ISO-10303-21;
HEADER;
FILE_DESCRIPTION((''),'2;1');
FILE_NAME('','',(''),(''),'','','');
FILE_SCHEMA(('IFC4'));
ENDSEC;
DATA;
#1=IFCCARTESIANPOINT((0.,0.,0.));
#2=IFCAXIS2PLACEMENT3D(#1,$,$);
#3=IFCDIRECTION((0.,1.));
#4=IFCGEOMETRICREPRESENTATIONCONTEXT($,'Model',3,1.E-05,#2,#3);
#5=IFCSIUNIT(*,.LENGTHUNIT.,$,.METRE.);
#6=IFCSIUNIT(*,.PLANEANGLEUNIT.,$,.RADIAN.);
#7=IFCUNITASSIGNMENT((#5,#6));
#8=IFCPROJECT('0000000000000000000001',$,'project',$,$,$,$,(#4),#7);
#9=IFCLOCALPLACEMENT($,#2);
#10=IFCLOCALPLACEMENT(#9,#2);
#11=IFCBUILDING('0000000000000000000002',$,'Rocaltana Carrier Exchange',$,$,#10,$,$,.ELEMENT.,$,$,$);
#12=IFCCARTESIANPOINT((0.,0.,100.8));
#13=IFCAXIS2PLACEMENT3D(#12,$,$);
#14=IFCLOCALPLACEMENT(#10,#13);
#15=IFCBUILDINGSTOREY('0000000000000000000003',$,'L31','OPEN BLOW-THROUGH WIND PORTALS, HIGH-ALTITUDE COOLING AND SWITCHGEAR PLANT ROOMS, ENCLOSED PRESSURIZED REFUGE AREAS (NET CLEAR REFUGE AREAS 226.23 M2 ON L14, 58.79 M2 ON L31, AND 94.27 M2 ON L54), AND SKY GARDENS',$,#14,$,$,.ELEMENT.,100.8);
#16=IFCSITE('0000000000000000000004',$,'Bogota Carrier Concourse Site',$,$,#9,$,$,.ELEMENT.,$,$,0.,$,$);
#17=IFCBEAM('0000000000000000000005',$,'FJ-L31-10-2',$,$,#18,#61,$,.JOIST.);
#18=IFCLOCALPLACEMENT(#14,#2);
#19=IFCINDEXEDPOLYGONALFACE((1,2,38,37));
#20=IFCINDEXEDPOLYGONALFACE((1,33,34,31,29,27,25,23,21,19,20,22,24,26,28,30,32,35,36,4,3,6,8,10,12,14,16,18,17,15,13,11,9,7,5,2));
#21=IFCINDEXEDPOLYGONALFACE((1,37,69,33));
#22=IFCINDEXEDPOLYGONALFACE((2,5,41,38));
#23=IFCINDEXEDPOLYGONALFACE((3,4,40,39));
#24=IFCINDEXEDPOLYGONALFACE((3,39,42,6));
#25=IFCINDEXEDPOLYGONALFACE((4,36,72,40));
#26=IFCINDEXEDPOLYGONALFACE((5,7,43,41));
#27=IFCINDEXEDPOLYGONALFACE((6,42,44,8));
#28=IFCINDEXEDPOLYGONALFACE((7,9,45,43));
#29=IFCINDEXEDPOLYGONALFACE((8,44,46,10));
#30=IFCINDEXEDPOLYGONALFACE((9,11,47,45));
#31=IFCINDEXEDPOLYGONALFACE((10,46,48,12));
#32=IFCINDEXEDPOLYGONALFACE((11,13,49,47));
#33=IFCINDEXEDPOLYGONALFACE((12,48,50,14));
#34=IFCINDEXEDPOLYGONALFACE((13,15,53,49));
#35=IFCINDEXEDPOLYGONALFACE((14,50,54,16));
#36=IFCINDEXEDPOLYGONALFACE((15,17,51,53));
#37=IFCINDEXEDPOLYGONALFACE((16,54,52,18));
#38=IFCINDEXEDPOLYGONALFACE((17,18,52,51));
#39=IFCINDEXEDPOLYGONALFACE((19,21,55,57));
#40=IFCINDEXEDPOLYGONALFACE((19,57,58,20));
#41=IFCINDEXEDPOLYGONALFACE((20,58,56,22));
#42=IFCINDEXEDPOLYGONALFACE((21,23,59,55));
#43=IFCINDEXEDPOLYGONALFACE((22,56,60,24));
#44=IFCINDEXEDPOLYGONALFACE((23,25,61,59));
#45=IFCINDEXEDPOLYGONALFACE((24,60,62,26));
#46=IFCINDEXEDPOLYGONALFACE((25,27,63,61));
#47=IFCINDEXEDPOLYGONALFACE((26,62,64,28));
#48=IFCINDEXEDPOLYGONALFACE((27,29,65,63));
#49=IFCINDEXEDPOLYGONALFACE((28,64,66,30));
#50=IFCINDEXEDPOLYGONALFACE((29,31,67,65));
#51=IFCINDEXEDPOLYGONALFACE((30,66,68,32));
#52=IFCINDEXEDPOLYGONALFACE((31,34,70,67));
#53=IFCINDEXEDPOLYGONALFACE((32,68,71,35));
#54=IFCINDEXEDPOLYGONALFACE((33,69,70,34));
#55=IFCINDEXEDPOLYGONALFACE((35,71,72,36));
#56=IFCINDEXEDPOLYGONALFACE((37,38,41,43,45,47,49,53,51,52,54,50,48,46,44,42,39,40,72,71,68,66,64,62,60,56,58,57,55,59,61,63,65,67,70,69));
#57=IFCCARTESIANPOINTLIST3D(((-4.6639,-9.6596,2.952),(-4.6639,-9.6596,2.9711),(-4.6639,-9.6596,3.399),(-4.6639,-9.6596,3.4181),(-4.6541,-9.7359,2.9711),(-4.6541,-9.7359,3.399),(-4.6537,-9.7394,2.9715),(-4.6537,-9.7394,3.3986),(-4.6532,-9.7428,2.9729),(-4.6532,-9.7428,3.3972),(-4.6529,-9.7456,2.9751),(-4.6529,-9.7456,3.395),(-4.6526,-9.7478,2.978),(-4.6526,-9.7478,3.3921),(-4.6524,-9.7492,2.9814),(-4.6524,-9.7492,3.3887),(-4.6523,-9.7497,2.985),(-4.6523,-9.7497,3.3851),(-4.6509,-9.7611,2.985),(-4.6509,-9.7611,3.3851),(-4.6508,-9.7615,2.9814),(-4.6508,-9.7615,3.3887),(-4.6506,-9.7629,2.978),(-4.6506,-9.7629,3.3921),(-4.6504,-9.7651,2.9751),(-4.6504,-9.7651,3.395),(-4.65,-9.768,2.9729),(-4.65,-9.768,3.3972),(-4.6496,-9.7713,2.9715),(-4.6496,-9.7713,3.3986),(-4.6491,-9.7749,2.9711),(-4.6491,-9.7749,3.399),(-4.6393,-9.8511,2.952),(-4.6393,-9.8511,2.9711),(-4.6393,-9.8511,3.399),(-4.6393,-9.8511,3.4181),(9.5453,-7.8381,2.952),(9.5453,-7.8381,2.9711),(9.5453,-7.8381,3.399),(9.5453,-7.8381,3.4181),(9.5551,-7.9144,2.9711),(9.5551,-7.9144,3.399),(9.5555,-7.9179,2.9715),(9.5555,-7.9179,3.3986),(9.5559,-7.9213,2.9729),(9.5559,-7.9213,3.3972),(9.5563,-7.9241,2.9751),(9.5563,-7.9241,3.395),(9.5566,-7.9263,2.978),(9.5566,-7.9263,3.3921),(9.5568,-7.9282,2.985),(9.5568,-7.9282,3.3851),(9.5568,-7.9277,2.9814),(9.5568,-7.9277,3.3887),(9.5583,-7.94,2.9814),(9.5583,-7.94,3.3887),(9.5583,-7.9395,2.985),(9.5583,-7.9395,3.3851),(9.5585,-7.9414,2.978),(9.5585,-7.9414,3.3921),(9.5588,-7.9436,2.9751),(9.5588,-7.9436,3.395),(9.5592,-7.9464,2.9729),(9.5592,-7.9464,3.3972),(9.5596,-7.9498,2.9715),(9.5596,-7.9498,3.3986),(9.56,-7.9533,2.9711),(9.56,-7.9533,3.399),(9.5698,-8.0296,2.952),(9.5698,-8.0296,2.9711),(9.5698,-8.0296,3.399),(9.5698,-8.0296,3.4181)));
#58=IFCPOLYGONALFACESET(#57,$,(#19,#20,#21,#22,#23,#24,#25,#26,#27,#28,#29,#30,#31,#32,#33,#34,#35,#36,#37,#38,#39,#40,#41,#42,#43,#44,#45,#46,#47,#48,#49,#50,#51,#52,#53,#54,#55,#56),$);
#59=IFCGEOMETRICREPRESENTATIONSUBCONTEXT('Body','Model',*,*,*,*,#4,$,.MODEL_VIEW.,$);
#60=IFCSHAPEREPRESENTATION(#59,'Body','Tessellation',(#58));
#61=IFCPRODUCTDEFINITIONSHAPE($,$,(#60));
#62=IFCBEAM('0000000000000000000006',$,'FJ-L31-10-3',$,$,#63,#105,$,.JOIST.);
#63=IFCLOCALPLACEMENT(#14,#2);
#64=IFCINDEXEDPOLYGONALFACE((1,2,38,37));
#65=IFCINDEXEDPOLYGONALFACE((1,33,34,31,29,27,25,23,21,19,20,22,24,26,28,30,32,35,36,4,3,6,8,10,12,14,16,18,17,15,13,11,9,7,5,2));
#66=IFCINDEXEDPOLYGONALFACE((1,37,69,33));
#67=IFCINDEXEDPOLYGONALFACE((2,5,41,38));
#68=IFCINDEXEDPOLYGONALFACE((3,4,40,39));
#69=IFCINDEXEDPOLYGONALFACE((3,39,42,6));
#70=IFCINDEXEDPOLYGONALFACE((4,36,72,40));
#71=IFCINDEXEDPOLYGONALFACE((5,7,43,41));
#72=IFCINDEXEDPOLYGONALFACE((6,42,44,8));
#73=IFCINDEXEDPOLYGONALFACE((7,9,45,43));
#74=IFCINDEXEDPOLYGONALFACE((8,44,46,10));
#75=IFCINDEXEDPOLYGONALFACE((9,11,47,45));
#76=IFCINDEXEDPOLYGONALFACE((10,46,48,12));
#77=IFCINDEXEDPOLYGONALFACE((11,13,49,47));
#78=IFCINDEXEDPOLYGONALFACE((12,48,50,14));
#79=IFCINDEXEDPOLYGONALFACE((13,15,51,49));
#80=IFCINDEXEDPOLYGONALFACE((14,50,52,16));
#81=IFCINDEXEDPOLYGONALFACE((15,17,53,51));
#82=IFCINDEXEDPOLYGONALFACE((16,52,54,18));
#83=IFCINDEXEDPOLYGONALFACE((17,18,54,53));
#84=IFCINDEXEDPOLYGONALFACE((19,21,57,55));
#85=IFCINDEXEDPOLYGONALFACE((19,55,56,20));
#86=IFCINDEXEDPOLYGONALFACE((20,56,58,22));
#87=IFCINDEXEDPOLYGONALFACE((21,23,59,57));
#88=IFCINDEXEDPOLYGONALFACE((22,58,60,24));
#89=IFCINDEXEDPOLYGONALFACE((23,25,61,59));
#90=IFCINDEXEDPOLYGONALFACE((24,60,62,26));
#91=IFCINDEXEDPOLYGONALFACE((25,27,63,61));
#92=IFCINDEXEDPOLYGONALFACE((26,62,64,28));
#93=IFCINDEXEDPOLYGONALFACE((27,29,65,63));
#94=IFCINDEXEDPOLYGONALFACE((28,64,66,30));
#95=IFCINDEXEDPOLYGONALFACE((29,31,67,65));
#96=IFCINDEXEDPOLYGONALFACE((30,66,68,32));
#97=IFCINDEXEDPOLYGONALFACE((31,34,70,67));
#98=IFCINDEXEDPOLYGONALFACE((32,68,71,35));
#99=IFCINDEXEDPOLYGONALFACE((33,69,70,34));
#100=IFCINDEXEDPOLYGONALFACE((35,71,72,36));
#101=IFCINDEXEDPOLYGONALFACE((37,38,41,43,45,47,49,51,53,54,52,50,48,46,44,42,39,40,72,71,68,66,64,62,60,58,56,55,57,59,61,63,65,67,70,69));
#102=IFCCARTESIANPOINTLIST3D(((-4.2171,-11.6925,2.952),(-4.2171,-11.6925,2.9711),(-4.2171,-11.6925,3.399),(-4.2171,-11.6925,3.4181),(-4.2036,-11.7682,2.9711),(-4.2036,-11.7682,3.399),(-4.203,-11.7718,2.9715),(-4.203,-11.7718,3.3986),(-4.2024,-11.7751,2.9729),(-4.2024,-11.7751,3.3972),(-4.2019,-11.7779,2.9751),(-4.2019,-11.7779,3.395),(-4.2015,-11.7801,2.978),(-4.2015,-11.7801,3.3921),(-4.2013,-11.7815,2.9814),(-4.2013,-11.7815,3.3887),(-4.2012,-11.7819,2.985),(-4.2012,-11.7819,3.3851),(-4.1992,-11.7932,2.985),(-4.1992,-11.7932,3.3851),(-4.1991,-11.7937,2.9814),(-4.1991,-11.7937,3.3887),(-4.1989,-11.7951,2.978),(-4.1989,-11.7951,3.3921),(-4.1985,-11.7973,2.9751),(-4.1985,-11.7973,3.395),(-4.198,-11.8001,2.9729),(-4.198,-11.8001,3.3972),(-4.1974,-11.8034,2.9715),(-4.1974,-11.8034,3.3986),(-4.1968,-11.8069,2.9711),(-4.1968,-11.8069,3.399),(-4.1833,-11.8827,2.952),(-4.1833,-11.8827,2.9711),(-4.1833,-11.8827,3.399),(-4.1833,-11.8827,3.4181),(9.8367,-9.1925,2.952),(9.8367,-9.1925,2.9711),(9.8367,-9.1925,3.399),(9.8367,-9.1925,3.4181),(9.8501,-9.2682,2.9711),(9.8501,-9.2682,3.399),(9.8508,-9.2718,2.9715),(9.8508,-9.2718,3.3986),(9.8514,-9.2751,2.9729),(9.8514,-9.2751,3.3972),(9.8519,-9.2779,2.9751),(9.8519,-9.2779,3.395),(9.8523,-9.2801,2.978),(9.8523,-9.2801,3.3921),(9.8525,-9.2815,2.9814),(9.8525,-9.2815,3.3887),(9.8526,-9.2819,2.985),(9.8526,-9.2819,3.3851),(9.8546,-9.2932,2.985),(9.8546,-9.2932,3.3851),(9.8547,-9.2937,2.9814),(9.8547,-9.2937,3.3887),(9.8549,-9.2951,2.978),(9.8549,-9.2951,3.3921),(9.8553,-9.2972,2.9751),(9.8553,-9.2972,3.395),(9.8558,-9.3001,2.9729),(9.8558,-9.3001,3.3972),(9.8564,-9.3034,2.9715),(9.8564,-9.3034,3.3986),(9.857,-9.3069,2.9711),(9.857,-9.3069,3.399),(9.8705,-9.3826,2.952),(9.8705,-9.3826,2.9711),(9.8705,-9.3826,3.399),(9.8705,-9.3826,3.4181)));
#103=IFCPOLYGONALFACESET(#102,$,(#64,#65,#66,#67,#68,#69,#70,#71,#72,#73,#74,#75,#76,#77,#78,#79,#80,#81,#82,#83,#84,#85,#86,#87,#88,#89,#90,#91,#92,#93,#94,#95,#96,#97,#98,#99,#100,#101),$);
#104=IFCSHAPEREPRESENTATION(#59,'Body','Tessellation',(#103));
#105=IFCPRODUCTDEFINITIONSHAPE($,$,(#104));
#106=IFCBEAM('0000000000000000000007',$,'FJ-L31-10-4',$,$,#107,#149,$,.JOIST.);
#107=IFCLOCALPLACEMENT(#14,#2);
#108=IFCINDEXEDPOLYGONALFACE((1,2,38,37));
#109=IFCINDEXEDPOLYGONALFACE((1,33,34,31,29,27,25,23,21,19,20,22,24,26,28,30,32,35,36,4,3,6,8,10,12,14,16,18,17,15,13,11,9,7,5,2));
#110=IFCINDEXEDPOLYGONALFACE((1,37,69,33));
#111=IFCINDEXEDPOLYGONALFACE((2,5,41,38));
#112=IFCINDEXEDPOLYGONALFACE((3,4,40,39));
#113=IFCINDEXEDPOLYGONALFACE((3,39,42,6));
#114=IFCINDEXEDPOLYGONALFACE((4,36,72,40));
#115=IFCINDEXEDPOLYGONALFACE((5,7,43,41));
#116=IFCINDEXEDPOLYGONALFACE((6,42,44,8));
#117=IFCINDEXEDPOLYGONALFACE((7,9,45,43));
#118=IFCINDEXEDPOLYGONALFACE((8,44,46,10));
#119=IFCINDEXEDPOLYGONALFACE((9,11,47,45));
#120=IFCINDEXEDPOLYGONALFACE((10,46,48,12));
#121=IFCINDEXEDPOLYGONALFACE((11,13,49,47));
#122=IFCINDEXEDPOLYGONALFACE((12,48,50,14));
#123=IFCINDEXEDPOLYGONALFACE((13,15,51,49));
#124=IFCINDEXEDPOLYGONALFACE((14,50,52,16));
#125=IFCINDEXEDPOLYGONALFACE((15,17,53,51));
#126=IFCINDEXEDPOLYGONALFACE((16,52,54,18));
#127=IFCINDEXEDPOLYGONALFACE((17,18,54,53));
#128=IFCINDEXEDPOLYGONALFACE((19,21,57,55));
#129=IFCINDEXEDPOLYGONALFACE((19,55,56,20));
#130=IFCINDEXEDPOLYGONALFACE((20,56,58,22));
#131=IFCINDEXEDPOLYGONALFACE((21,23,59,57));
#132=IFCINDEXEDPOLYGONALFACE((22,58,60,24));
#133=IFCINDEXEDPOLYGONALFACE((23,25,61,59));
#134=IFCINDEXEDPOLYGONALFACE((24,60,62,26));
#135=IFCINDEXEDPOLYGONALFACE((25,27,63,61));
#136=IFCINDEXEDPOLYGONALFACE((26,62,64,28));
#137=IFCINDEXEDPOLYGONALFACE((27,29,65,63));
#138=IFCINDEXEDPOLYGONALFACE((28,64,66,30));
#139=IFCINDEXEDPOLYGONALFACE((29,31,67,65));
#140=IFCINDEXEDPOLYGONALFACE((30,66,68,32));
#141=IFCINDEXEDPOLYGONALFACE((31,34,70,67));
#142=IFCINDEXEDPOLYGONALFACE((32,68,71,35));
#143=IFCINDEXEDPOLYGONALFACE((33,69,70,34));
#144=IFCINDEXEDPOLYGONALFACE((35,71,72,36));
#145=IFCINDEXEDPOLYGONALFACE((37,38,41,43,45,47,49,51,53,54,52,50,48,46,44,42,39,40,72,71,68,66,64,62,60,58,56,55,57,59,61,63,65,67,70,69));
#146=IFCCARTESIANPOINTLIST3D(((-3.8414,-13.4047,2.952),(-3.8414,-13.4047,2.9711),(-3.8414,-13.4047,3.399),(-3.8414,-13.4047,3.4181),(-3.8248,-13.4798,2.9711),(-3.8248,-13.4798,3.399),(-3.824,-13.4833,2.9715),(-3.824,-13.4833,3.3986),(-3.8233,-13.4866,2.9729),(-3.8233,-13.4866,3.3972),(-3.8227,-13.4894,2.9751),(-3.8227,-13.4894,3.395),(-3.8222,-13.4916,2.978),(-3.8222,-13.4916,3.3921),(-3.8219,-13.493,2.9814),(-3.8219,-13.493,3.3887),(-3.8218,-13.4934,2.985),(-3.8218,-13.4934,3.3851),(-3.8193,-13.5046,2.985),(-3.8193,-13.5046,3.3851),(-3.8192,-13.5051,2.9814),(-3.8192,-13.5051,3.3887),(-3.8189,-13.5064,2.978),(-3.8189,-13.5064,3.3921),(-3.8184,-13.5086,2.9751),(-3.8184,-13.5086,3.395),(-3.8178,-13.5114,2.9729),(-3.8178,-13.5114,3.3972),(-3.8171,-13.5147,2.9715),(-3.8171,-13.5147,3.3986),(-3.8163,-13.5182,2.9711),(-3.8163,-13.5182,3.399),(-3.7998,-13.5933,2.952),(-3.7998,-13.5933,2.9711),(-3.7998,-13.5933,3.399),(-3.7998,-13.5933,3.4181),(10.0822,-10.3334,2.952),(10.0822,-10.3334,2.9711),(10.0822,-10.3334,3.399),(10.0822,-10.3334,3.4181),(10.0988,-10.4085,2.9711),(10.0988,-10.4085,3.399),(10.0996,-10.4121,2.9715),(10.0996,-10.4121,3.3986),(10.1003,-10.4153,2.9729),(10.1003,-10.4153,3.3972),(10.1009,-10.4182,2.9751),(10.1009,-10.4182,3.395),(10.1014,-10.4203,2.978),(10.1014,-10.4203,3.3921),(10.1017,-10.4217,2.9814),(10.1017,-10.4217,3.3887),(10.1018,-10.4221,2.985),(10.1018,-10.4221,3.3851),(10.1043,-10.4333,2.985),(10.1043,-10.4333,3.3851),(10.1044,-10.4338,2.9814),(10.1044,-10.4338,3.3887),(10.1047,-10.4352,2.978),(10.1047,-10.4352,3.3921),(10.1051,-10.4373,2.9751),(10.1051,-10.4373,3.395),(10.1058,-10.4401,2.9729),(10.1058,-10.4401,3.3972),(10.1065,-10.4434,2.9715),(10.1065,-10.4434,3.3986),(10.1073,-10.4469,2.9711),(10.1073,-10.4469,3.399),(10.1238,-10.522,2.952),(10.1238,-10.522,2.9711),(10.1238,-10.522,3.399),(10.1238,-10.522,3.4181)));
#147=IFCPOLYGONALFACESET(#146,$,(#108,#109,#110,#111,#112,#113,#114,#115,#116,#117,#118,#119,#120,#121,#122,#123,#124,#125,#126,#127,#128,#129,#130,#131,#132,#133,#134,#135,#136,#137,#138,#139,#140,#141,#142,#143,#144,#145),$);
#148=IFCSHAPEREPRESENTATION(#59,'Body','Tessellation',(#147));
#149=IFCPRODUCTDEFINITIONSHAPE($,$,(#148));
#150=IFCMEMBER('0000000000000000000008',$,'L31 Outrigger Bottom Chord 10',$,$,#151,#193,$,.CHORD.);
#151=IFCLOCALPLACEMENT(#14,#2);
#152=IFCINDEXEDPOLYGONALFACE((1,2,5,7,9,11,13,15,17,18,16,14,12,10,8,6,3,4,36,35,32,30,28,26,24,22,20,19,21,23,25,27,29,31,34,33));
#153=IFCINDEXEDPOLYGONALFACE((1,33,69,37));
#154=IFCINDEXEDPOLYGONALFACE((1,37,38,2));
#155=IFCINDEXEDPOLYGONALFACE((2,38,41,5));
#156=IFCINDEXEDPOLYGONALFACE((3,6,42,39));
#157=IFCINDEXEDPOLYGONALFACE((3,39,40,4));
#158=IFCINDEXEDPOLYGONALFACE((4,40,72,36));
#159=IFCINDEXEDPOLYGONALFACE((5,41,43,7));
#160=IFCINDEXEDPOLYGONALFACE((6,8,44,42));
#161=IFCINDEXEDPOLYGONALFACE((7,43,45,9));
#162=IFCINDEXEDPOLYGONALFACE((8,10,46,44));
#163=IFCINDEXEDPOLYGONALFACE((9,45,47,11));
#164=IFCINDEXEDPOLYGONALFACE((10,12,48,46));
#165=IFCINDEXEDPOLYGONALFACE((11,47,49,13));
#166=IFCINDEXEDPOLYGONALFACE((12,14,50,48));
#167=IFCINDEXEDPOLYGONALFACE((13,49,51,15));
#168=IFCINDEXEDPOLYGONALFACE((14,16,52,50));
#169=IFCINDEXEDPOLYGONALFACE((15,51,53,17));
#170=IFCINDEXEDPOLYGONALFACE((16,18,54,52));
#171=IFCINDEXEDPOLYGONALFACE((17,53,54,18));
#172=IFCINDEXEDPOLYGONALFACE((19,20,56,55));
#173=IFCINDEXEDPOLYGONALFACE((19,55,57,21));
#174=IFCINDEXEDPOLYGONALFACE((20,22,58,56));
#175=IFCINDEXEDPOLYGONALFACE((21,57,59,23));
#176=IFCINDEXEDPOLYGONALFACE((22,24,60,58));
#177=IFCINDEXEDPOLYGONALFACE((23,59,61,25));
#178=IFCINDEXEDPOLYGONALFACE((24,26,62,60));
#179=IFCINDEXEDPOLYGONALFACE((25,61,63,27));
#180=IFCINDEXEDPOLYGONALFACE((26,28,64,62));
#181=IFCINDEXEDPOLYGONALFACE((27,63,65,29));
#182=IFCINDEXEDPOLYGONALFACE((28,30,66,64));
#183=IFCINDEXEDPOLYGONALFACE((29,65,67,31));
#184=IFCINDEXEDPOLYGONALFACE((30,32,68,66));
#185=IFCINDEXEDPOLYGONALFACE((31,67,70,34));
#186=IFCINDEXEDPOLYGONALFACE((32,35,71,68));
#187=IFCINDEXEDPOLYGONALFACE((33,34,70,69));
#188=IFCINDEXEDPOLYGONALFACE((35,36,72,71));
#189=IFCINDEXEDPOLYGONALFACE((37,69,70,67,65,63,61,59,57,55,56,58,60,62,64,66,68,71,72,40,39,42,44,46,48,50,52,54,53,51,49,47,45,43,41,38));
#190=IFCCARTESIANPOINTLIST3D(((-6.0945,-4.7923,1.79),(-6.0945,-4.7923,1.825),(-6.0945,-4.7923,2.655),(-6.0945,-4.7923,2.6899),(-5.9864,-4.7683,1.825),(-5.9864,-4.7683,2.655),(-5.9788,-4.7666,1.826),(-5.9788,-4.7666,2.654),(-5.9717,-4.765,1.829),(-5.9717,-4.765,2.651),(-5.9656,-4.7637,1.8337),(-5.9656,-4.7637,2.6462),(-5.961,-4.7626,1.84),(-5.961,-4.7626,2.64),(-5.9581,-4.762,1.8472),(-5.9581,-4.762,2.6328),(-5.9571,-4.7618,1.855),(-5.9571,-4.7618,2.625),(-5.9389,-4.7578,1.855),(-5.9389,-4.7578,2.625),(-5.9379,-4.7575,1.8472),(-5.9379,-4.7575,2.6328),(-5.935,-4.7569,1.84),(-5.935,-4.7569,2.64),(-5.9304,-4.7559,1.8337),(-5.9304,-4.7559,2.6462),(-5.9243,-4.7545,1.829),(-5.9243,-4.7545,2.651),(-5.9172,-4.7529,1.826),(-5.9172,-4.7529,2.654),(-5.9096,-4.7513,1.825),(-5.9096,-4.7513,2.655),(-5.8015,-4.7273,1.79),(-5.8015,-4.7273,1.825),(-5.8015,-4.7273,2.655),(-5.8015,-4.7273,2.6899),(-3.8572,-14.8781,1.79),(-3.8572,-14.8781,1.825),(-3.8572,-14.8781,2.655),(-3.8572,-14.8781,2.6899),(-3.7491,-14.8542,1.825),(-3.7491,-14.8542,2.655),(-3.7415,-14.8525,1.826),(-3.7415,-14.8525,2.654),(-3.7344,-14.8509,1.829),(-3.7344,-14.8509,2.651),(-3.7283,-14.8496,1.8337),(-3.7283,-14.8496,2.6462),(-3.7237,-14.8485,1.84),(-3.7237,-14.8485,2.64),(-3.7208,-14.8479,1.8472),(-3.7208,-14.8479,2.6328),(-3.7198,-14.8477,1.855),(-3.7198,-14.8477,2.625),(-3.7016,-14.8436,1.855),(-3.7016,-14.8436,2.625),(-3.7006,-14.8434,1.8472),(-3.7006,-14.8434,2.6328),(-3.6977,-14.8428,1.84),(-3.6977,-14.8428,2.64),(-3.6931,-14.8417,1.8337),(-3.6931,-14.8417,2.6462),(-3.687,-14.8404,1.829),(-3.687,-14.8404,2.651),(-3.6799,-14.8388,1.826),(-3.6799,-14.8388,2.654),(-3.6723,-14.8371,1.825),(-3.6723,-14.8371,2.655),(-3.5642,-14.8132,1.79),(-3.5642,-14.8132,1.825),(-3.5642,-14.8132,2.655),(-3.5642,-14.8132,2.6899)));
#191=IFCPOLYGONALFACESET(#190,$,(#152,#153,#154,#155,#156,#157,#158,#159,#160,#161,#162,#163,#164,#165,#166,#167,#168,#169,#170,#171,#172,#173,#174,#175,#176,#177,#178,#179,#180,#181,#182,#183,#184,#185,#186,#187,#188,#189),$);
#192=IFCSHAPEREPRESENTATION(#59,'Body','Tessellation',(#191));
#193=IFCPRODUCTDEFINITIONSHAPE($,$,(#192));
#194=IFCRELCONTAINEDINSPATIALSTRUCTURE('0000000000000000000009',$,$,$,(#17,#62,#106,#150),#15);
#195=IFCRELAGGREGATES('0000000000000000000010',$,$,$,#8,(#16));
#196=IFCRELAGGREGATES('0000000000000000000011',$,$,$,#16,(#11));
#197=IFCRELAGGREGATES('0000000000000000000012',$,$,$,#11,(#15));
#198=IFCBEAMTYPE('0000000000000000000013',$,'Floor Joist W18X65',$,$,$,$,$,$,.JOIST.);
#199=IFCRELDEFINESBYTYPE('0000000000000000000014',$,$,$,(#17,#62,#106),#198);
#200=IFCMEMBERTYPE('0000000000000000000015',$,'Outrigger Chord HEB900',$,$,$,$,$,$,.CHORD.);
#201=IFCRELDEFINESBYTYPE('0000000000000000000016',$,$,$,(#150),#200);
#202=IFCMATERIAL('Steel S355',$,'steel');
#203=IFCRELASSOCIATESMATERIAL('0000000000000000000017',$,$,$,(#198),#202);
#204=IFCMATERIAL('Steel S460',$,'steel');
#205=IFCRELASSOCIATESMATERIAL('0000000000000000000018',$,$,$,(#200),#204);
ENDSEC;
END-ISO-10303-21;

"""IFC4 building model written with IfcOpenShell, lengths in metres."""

from ifc_helpers import new_model, si_unit, direction, frame, origin, origin_2d, place, context, subcontext, project, spatial, i_section, extrude, material, material_profile, profile_set, type_object, element, save


model = new_model("IFC4")

# Units and contexts
model_context = context("Model", 3, precision=1e-05, world=origin(), true_north=direction((0.0, 1.0)))
body_context = subcontext(model_context, "Body", "Model", "MODEL_VIEW")
ifc_project = project(units=[si_unit("LENGTHUNIT", "METRE"), si_unit("PLANEANGLEUNIT", "RADIAN")], contexts=[model_context])

# Site, building, storey
site_placement = place(None, origin())
site = spatial("IfcSite", under=ifc_project, at=site_placement, Name="Bogota Carrier Concourse Site", CompositionType="ELEMENT", RefElevation=0.0)
building_placement = place(site_placement, origin())
building = spatial("IfcBuilding", under=site, at=building_placement, Name="Rocaltana Carrier Exchange", CompositionType="ELEMENT")
storey_placement = place(building_placement, frame((0.0, 0.0, 100.8)))
storey = spatial("IfcBuildingStorey", under=building, at=storey_placement, Name="L31", Description="OPEN BLOW-THROUGH WIND PORTALS, HIGH-ALTITUDE COOLING AND SWITCHGEAR PLANT ROOMS, ENCLOSED PRESSURIZED REFUGE AREAS (NET CLEAR REFUGE AREAS 226.23 M2 ON L14, 58.79 M2 ON L31, AND 94.27 M2 ON L54), AND SKY GARDENS", CompositionType="ELEMENT", Elevation=100.8)

# Beams
ifc_material_1 = material(Name="Steel S355", Category="steel")
ifc_material_profile_1 = material_profile(ifc_material_1, i_section(OverallWidth=0.1931, OverallDepth=0.4661, WebThickness=0.0115, FlangeThickness=0.019, FilletRadius=0.0139, at=origin_2d()), Name="W18X65")
ifc_profile_set_1 = profile_set([ifc_material_profile_1], Name="Steel S355")
beam_type = type_object("IfcBeamType", Name="Floor Joist W18X65", PredefinedType="JOIST", material=ifc_profile_set_1)
beam_1_placement = place(storey_placement, frame((-4.6516, -9.7554, 3.1851), z_axis=(0.991883, 0.127153, 0.0), x_axis=(-0.127153, 0.991883, 0.0)))
element("IfcBeam", 1, at=beam_1_placement, inside=storey, type_object=beam_type, Name="FJ-L31-10-2", PredefinedType="JOIST", context=body_context, shape_type="SweptSolid", body=[
    extrude(i_section(OverallWidth=0.1931, OverallDepth=0.4661, WebThickness=0.0115, FlangeThickness=0.019, FilletRadius=0.0139, at=origin_2d()), origin(), (0.0, 0.0, 1.0), 14.3254),
])
beam_2_placement = place(storey_placement, frame((-4.2002, -11.7876, 3.1851), z_axis=(0.984544, 0.175139, 0.0), x_axis=(-0.175139, 0.984544, 0.0)))
element("IfcBeam", 2, at=beam_2_placement, inside=storey, type_object=beam_type, Name="FJ-L31-10-3", PredefinedType="JOIST", context=body_context, shape_type="SweptSolid", body=[
    extrude(i_section(OverallWidth=0.1931, OverallDepth=0.4661, WebThickness=0.0115, FlangeThickness=0.019, FilletRadius=0.0139, at=origin_2d()), origin(), (0.0, 0.0, 1.0), 14.2744),
])
beam_3_placement = place(storey_placement, frame((-3.8206, -13.499, 3.1851), z_axis=(0.976525, 0.215404, 0.0), x_axis=(-0.215404, 0.976525, 0.0)))
element("IfcBeam", 3, at=beam_3_placement, inside=storey, type_object=beam_type, Name="FJ-L31-10-4", PredefinedType="JOIST", context=body_context, shape_type="SweptSolid", body=[
    extrude(i_section(OverallWidth=0.1931, OverallDepth=0.4661, WebThickness=0.0115, FlangeThickness=0.019, FilletRadius=0.0139, at=origin_2d()), origin(), (0.0, 0.0, 1.0), 14.2583),
])

# Member
ifc_material_2 = material(Name="Steel S460", Category="steel")
ifc_material_profile_2 = material_profile(ifc_material_2, i_section(OverallWidth=0.3, OverallDepth=0.8999, WebThickness=0.0186, FlangeThickness=0.0349, FilletRadius=0.03, at=origin_2d()), Name="HEB900")
ifc_profile_set_2 = profile_set([ifc_material_profile_2], Name="Steel S460")
member_type_1 = type_object("IfcMemberType", Name="Outrigger Chord HEB900", PredefinedType="CHORD", material=ifc_profile_set_2)
member_1_placement = place(storey_placement, frame((-5.948, -4.7598, 2.24), z_axis=(0.21656, -0.976269, 0.0), x_axis=(0.976269, 0.21656, 0.0)))
element("IfcMember", 4, at=member_1_placement, inside=storey, type_object=member_type_1, Name="L31 Outrigger Bottom Chord 10", PredefinedType="CHORD", context=body_context, shape_type="SweptSolid", body=[
    extrude(i_section(OverallWidth=0.3, OverallDepth=0.8999, WebThickness=0.0186, FlangeThickness=0.0349, FilletRadius=0.03, at=origin_2d()), origin(), (0.0, 0.0, 1.0), 10.3311),
])

save(model, "model.ifc")
